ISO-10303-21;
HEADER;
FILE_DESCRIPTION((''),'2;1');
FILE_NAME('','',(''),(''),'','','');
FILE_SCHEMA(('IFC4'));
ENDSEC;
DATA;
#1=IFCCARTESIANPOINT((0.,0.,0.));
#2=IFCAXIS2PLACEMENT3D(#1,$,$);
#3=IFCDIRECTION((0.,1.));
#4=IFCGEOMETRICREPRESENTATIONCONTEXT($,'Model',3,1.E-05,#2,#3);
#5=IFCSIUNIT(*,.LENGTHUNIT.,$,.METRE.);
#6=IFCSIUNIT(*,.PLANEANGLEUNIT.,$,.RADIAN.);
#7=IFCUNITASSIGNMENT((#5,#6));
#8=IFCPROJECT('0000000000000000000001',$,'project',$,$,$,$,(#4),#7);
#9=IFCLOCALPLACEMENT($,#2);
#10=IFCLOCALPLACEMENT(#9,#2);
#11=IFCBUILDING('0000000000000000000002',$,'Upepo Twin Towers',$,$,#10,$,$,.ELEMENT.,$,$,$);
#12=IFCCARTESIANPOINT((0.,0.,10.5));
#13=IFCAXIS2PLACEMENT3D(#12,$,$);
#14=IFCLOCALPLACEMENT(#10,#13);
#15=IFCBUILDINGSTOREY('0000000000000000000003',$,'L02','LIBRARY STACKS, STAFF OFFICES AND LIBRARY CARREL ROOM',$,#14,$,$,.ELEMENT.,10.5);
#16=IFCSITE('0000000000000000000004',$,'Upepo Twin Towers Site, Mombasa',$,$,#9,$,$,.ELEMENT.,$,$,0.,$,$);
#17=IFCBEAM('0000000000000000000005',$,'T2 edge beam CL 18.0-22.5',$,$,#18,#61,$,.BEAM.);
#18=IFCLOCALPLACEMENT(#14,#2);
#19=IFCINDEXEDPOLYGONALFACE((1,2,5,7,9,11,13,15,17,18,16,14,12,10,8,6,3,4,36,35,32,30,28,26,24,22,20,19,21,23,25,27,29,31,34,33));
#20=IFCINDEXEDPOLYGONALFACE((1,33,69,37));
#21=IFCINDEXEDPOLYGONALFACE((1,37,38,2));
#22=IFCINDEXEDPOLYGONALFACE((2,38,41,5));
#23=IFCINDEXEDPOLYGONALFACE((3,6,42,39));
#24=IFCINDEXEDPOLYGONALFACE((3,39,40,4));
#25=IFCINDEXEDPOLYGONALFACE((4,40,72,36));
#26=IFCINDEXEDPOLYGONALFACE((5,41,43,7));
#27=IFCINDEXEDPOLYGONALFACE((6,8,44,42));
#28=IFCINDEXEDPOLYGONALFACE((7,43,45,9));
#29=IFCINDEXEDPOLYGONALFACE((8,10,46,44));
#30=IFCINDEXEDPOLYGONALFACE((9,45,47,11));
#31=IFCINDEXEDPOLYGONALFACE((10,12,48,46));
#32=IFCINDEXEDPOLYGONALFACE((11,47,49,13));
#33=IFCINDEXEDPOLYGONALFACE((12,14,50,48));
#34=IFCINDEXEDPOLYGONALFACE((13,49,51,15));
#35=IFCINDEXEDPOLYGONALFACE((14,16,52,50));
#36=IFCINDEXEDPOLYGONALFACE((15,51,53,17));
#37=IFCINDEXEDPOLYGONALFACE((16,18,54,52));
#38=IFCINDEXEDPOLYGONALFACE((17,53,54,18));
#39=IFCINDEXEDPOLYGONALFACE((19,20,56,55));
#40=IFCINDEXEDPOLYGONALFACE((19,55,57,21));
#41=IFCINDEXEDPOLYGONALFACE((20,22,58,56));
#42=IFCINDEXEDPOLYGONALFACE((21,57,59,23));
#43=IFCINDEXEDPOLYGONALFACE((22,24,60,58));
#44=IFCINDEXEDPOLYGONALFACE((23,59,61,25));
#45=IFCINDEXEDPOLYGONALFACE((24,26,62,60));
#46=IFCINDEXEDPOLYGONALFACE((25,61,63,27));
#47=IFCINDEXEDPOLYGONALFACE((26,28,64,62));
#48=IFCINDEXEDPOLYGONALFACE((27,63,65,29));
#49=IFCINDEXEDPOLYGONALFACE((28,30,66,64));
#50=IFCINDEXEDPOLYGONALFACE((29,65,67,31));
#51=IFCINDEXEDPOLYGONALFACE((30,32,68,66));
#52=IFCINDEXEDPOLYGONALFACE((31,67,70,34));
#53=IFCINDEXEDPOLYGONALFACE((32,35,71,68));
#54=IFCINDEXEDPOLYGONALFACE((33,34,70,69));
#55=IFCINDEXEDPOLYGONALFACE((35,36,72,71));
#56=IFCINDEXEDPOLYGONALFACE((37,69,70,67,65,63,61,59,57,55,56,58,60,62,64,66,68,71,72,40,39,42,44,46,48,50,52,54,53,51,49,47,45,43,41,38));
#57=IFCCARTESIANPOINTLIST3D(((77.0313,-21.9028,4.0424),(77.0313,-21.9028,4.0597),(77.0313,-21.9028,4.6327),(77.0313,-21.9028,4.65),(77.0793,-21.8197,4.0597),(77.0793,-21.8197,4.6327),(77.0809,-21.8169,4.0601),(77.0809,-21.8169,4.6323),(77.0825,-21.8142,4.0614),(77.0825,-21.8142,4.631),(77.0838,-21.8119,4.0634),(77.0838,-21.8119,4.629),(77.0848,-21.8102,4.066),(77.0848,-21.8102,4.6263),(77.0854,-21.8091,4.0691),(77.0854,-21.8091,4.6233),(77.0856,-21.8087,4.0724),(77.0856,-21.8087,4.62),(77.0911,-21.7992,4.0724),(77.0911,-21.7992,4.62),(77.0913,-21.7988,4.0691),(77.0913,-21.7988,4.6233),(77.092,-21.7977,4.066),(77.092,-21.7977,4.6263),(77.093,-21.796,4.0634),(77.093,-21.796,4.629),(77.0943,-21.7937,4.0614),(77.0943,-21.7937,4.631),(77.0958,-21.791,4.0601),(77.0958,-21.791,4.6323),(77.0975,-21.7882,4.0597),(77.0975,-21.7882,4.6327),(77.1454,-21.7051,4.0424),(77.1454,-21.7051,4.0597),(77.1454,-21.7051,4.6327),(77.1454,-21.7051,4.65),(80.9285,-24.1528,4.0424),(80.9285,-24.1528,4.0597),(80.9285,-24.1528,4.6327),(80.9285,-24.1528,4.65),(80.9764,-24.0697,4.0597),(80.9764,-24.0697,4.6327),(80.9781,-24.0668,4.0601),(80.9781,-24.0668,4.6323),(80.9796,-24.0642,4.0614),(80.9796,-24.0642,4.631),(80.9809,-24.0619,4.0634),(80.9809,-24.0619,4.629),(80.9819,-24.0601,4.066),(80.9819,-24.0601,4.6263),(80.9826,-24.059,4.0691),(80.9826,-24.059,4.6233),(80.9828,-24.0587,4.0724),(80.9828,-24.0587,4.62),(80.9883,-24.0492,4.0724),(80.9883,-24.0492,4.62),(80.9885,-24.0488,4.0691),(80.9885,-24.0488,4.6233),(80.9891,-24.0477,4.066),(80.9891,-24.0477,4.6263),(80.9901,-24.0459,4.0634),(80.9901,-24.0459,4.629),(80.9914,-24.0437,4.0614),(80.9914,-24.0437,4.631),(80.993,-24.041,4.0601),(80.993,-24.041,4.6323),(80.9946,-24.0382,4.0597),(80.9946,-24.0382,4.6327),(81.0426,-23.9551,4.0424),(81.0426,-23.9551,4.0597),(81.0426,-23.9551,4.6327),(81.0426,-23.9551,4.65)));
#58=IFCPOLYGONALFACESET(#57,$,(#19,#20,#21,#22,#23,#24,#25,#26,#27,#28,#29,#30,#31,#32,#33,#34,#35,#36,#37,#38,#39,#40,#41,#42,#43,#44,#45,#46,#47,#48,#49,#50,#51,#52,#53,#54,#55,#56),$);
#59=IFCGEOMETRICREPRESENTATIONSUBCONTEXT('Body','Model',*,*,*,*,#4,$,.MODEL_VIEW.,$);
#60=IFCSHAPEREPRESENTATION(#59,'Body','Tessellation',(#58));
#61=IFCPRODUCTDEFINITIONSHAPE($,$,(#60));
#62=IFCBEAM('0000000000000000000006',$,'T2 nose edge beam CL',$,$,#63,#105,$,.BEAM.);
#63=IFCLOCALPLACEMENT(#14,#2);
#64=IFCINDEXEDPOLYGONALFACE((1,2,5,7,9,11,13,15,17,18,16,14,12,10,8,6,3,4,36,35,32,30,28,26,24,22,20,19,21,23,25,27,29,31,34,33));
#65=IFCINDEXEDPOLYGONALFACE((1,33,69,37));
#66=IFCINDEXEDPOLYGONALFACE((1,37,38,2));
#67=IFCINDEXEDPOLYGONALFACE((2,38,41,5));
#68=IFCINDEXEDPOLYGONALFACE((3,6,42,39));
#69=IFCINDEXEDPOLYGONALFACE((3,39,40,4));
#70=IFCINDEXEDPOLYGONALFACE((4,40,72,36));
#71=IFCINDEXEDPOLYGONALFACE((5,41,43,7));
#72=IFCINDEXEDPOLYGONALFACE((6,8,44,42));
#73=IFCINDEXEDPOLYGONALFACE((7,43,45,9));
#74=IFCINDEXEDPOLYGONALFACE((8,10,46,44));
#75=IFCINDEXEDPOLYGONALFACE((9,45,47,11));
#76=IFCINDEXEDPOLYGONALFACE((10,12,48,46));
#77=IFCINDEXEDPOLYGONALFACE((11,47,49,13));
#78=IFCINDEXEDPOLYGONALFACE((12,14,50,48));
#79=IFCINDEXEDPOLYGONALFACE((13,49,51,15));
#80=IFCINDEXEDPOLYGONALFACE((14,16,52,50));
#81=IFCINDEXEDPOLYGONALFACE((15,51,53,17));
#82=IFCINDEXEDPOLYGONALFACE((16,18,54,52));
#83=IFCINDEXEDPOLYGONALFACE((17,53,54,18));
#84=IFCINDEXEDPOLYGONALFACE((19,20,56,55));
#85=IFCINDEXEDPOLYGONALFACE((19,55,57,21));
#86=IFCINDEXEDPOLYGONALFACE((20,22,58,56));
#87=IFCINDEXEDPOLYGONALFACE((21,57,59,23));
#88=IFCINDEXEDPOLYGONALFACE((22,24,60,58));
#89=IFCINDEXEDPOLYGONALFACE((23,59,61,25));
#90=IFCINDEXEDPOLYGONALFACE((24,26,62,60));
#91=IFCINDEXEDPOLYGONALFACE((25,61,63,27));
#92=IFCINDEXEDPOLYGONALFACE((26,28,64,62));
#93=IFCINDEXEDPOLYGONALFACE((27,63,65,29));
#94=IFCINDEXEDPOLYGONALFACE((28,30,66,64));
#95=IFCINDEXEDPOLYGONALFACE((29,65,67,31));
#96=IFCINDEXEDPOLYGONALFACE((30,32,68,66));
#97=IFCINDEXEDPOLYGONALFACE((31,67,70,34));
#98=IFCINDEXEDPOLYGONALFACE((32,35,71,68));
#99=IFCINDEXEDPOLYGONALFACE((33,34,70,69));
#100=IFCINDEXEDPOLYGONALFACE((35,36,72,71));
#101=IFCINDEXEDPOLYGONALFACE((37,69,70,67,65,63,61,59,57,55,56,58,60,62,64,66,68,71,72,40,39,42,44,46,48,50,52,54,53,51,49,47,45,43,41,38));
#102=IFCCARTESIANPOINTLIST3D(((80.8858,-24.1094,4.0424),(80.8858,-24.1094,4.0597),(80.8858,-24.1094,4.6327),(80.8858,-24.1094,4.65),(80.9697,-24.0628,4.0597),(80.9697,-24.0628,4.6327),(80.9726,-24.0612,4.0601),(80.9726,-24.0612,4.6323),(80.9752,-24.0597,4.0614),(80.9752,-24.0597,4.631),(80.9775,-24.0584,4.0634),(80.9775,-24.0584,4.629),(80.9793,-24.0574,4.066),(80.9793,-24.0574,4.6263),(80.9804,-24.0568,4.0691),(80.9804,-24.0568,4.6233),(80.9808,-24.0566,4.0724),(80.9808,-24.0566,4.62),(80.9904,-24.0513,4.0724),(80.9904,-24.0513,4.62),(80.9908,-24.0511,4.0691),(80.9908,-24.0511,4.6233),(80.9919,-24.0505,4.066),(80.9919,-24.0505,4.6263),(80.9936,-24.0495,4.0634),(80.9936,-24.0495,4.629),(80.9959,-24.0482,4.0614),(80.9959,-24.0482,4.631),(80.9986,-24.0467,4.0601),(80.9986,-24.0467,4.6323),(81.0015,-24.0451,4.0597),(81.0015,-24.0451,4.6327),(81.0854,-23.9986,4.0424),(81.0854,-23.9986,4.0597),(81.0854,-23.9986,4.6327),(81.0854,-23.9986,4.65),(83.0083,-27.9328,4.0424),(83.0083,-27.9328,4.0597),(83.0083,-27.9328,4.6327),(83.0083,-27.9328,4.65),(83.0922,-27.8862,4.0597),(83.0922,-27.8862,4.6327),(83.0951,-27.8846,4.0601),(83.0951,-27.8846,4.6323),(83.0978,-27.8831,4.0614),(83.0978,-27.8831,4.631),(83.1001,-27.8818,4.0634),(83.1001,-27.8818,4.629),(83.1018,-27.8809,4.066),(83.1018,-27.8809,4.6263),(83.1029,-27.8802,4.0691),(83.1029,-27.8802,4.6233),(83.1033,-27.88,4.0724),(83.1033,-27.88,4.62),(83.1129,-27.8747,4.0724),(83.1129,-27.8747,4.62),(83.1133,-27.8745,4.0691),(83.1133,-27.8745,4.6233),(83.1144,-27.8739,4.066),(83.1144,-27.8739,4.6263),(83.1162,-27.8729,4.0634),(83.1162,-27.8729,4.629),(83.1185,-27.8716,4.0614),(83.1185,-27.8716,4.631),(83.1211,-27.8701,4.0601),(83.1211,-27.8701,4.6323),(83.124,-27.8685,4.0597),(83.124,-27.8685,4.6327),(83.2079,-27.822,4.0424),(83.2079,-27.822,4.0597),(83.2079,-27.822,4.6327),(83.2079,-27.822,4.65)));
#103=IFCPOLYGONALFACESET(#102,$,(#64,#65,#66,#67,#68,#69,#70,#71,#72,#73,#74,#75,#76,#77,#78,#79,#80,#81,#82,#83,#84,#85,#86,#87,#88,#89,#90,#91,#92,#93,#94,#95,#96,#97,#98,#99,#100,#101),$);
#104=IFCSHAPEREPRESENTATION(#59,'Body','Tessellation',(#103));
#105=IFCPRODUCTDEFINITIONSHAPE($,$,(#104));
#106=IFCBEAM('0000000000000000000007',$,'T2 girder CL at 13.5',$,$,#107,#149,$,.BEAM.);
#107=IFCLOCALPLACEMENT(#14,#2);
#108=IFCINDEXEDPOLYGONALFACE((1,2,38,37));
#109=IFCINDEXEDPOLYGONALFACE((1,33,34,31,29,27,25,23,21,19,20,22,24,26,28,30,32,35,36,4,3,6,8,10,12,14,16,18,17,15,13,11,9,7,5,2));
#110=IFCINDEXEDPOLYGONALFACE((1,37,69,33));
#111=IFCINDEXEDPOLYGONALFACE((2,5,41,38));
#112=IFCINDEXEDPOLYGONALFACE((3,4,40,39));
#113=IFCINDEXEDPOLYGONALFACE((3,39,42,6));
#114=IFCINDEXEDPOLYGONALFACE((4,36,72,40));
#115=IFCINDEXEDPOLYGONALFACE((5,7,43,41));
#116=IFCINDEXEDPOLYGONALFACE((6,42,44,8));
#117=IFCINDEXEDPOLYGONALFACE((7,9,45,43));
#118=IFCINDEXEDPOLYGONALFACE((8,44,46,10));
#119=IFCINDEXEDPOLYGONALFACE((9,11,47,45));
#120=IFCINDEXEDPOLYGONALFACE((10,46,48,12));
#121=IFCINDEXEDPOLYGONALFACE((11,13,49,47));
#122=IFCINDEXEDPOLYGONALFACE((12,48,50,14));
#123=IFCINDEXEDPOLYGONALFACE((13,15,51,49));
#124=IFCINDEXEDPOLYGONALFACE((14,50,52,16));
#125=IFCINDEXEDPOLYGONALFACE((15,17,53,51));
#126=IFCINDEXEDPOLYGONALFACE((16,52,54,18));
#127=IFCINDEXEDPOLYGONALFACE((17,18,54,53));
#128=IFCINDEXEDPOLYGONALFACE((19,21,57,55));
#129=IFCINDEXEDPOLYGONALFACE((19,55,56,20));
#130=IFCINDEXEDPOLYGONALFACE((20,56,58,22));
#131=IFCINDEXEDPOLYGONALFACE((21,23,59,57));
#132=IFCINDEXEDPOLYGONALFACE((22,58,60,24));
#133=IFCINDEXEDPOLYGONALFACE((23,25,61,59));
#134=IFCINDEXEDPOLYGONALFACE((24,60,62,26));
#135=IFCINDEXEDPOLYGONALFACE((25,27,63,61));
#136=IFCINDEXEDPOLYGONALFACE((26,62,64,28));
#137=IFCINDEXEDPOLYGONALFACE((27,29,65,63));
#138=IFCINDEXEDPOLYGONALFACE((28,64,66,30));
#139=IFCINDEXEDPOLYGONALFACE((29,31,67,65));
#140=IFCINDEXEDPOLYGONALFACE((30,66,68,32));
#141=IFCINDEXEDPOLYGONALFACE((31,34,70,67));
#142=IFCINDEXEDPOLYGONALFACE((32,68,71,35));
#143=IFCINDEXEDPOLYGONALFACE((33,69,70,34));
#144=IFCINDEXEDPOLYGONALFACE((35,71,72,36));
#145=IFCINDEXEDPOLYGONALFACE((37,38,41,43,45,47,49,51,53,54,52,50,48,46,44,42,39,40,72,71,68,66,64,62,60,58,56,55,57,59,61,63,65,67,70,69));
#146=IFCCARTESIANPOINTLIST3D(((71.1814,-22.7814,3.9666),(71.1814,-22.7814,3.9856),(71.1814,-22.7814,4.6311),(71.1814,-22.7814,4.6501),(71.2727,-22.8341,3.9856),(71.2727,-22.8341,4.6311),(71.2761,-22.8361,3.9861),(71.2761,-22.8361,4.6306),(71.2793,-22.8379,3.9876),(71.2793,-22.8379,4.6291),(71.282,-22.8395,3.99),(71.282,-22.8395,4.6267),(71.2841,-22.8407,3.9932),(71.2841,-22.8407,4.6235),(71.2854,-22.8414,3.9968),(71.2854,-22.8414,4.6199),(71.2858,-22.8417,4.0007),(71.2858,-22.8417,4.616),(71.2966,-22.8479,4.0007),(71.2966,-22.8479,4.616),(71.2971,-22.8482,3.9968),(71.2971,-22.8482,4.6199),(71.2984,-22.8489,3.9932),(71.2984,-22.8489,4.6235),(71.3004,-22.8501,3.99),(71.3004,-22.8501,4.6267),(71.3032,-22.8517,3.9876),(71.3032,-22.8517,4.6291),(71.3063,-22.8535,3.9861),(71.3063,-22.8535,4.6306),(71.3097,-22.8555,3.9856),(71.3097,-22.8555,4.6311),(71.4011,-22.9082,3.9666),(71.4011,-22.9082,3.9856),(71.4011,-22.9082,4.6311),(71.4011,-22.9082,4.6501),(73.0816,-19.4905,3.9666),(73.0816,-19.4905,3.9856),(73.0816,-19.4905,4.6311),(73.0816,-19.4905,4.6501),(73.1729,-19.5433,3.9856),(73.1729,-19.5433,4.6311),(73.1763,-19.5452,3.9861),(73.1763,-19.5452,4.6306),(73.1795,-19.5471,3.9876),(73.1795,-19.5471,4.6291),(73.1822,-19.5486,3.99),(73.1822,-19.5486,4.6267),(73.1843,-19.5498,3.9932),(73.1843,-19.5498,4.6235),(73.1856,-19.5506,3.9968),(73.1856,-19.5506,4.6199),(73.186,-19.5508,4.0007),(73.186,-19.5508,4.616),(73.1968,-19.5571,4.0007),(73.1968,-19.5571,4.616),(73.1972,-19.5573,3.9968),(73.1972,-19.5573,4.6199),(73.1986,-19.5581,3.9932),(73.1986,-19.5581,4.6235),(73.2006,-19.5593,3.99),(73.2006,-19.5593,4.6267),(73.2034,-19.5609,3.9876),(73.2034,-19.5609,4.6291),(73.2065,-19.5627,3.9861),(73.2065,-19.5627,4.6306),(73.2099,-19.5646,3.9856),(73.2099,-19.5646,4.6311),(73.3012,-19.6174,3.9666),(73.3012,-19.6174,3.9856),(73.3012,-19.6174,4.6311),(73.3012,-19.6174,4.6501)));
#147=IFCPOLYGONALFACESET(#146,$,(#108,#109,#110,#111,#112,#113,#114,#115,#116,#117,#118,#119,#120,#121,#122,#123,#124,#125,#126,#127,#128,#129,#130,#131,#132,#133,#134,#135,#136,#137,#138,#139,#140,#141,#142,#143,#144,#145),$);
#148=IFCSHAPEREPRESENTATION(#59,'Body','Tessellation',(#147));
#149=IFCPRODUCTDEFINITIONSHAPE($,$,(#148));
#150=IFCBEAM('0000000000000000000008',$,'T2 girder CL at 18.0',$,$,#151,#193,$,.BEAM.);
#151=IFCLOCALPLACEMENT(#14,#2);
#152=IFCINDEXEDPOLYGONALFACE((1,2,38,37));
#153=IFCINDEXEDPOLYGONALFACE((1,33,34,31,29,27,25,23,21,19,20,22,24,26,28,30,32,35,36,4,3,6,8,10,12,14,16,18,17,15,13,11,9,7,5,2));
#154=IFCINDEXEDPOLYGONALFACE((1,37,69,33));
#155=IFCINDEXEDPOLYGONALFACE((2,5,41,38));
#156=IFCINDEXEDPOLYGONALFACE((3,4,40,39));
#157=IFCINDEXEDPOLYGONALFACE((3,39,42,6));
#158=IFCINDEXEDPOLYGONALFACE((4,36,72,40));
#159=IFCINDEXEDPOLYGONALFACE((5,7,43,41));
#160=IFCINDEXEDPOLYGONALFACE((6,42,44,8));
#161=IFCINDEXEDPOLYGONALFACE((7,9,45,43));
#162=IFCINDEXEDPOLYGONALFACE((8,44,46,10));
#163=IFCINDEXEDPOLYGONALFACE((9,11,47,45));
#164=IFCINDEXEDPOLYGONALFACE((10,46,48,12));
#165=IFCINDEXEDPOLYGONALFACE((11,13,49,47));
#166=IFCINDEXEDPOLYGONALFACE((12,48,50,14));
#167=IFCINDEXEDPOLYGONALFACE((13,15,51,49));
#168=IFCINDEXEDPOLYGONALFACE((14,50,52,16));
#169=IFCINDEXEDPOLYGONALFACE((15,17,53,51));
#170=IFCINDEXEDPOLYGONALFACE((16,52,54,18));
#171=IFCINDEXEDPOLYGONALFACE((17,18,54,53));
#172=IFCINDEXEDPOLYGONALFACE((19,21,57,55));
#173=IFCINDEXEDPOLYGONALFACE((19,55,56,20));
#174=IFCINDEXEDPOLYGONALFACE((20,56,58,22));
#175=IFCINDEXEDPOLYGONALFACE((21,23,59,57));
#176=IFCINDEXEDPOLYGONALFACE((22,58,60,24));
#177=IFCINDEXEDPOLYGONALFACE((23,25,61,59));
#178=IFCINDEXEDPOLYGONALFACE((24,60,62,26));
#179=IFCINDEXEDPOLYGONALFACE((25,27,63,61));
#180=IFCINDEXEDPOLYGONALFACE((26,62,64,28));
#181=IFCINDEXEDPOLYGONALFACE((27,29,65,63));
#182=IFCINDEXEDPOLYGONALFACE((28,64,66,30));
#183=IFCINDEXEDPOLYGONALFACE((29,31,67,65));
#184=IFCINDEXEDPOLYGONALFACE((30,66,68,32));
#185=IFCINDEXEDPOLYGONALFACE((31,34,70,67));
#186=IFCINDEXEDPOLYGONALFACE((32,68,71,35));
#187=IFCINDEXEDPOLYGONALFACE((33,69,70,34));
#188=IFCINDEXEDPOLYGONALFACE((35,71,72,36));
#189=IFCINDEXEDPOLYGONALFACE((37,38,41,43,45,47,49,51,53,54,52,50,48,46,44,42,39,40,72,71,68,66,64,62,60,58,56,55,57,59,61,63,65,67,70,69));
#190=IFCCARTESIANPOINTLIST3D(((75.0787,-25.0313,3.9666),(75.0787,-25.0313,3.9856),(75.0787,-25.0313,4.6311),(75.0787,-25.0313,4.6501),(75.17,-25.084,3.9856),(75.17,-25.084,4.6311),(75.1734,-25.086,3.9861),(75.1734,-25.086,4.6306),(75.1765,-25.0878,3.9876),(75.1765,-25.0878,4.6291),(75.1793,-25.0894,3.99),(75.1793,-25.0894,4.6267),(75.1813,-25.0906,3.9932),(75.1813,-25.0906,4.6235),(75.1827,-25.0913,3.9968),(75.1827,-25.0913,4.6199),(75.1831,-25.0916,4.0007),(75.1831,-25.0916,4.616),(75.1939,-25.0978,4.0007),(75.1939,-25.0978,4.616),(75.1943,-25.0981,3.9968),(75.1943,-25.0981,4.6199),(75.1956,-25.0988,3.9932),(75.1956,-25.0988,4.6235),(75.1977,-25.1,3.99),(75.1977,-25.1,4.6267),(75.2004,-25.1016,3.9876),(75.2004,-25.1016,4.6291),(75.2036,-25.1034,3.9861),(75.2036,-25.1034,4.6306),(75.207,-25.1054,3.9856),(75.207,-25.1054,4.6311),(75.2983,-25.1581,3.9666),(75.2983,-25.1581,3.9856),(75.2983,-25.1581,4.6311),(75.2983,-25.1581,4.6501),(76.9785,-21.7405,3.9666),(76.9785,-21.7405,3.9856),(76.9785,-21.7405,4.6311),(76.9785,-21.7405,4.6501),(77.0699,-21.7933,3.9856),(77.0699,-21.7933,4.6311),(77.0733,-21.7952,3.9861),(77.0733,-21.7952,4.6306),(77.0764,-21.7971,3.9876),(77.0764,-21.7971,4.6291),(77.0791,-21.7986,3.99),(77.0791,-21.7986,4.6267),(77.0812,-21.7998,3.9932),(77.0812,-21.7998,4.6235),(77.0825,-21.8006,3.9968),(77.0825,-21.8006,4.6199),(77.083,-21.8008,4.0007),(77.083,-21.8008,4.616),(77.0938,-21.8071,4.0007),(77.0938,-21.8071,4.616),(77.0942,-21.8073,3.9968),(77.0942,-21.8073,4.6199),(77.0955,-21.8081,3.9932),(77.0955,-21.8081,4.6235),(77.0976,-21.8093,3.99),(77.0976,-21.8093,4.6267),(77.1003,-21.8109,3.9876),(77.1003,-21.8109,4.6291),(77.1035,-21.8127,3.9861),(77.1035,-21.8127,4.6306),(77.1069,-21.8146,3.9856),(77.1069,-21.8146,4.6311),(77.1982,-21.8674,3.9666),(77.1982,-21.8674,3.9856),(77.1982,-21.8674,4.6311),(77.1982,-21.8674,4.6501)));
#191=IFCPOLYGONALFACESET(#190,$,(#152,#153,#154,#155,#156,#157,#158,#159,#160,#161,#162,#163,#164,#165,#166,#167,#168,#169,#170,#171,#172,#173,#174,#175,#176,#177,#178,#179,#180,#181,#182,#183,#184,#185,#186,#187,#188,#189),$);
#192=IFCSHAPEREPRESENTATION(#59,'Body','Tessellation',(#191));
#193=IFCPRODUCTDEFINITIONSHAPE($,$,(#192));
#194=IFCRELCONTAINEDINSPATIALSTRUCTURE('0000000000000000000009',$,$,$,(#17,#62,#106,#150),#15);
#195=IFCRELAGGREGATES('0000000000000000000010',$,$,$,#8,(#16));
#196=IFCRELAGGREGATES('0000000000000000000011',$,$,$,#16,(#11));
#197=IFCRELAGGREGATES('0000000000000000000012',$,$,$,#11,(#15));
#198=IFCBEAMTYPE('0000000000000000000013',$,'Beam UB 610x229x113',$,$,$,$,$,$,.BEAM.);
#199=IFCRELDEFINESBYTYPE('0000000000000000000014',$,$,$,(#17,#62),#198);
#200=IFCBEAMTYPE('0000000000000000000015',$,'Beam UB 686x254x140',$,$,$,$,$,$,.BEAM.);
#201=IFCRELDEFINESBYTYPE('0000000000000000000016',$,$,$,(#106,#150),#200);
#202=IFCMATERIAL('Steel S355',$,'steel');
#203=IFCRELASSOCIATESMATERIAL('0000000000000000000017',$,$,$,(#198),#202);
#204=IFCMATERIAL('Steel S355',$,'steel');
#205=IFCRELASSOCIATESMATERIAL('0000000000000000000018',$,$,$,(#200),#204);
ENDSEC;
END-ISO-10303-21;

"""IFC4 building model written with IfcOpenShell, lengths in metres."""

from ifc_helpers import new_model, si_unit, direction, frame, origin, origin_2d, place, context, subcontext, project, spatial, i_section, extrude, material, material_profile, profile_set, type_object, element, save


model = new_model("IFC4")

# Units and contexts
model_context = context("Model", 3, precision=1e-05, world=origin(), true_north=direction((0.0, 1.0)))
body_context = subcontext(model_context, "Body", "Model", "MODEL_VIEW")
ifc_project = project(units=[si_unit("LENGTHUNIT", "METRE"), si_unit("PLANEANGLEUNIT", "RADIAN")], contexts=[model_context])

# Site, building, storey
site_placement = place(None, origin())
site = spatial("IfcSite", under=ifc_project, at=site_placement, Name="Upepo Twin Towers Site, Mombasa", CompositionType="ELEMENT", RefElevation=0.0)
building_placement = place(site_placement, origin())
building = spatial("IfcBuilding", under=site, at=building_placement, Name="Upepo Twin Towers", CompositionType="ELEMENT")
storey_placement = place(building_placement, frame((0.0, 0.0, 10.5)))
storey = spatial("IfcBuildingStorey", under=building, at=storey_placement, Name="L02", Description="LIBRARY STACKS, STAFF OFFICES AND LIBRARY CARREL ROOM", CompositionType="ELEMENT", Elevation=10.5)

# Beams
ifc_material_1 = material(Name="Steel S355", Category="steel")
ifc_material_profile_1 = material_profile(ifc_material_1, i_section(OverallWidth=0.2283, OverallDepth=0.6077, WebThickness=0.011, FlangeThickness=0.0173, FilletRadius=0.0127, at=origin_2d()), Name="UB 610x229x113")
ifc_profile_set_1 = profile_set([ifc_material_profile_1], Name="Steel S355")
beam_type_1 = type_object("IfcBeamType", Name="Beam UB 610x229x113", PredefinedType="BEAM", material=ifc_profile_set_1)
beam_1_placement = place(storey_placement, frame((77.0884, -21.804, 4.3462), z_axis=(0.866031, -0.49999, 0.0), x_axis=(0.49999, 0.866031, 0.0)))
element("IfcBeam", 1, at=beam_1_placement, inside=storey, type_object=beam_type_1, Name="T2 edge beam CL 18.0-22.5", PredefinedType="BEAM", context=body_context, shape_type="SweptSolid", body=[
    extrude(i_section(OverallWidth=0.2283, OverallDepth=0.6077, WebThickness=0.011, FlangeThickness=0.0173, FilletRadius=0.0127, at=origin_2d()), origin(), (0.0, 0.0, 1.0), 4.5),
])
beam_2_placement = place(storey_placement, frame((80.9856, -24.054, 4.3462), z_axis=(0.485363, -0.874313, 0.0), x_axis=(0.874313, 0.485363, 0.0)))
element("IfcBeam", 2, at=beam_2_placement, inside=storey, type_object=beam_type_1, Name="T2 nose edge beam CL", PredefinedType="BEAM", context=body_context, shape_type="SweptSolid", body=[
    extrude(i_section(OverallWidth=0.2283, OverallDepth=0.6077, WebThickness=0.011, FlangeThickness=0.0173, FilletRadius=0.0127, at=origin_2d()), origin(), (0.0, 0.0, 1.0), 4.373),
])
ifc_material_2 = material(Name="Steel S355", Category="steel")
ifc_material_profile_2 = material_profile(ifc_material_2, i_section(OverallWidth=0.2537, OverallDepth=0.6836, WebThickness=0.0125, FlangeThickness=0.019, FilletRadius=0.0151, at=origin_2d()), Name="UB 686x254x140")
ifc_profile_set_2 = profile_set([ifc_material_profile_2], Name="Steel S355")
beam_type_2 = type_object("IfcBeamType", Name="Beam UB 686x254x140", PredefinedType="BEAM", material=ifc_profile_set_2)
beam_3_placement = place(storey_placement, frame((73.1914, -19.554, 4.3083), z_axis=(-0.500043, -0.866, 0.0), x_axis=(0.866, -0.500043, 0.0)))
element("IfcBeam", 3, at=beam_3_placement, inside=storey, type_object=beam_type_2, Name="T2 girder CL at 13.5", PredefinedType="BEAM", context=body_context, shape_type="SweptSolid", body=[
    extrude(i_section(OverallWidth=0.2537, OverallDepth=0.6836, WebThickness=0.0125, FlangeThickness=0.019, FilletRadius=0.0151, at=origin_2d()), origin(), (0.0, 0.0, 1.0), 3.8),
])
for number, where, z_axis, x_axis, name in (
    (4, (77.0884, -21.804, 4.3083), (-0.499995, -0.866028, 0.0), (0.866028, -0.499995, 0.0), "T2 girder CL at 18.0"),
):
    element("IfcBeam", number, at=place(storey_placement, frame(where, z_axis=z_axis, x_axis=x_axis)), inside=storey, type_object=beam_type_2, Name=name, PredefinedType="BEAM", context=body_context, shape_type="SweptSolid", body=[
        extrude(i_section(OverallWidth=0.2537, OverallDepth=0.6836, WebThickness=0.0125, FlangeThickness=0.019, FilletRadius=0.0151, at=origin_2d()), origin(), (0.0, 0.0, 1.0), 3.7998),
    ])

save(model, "model.ifc")
